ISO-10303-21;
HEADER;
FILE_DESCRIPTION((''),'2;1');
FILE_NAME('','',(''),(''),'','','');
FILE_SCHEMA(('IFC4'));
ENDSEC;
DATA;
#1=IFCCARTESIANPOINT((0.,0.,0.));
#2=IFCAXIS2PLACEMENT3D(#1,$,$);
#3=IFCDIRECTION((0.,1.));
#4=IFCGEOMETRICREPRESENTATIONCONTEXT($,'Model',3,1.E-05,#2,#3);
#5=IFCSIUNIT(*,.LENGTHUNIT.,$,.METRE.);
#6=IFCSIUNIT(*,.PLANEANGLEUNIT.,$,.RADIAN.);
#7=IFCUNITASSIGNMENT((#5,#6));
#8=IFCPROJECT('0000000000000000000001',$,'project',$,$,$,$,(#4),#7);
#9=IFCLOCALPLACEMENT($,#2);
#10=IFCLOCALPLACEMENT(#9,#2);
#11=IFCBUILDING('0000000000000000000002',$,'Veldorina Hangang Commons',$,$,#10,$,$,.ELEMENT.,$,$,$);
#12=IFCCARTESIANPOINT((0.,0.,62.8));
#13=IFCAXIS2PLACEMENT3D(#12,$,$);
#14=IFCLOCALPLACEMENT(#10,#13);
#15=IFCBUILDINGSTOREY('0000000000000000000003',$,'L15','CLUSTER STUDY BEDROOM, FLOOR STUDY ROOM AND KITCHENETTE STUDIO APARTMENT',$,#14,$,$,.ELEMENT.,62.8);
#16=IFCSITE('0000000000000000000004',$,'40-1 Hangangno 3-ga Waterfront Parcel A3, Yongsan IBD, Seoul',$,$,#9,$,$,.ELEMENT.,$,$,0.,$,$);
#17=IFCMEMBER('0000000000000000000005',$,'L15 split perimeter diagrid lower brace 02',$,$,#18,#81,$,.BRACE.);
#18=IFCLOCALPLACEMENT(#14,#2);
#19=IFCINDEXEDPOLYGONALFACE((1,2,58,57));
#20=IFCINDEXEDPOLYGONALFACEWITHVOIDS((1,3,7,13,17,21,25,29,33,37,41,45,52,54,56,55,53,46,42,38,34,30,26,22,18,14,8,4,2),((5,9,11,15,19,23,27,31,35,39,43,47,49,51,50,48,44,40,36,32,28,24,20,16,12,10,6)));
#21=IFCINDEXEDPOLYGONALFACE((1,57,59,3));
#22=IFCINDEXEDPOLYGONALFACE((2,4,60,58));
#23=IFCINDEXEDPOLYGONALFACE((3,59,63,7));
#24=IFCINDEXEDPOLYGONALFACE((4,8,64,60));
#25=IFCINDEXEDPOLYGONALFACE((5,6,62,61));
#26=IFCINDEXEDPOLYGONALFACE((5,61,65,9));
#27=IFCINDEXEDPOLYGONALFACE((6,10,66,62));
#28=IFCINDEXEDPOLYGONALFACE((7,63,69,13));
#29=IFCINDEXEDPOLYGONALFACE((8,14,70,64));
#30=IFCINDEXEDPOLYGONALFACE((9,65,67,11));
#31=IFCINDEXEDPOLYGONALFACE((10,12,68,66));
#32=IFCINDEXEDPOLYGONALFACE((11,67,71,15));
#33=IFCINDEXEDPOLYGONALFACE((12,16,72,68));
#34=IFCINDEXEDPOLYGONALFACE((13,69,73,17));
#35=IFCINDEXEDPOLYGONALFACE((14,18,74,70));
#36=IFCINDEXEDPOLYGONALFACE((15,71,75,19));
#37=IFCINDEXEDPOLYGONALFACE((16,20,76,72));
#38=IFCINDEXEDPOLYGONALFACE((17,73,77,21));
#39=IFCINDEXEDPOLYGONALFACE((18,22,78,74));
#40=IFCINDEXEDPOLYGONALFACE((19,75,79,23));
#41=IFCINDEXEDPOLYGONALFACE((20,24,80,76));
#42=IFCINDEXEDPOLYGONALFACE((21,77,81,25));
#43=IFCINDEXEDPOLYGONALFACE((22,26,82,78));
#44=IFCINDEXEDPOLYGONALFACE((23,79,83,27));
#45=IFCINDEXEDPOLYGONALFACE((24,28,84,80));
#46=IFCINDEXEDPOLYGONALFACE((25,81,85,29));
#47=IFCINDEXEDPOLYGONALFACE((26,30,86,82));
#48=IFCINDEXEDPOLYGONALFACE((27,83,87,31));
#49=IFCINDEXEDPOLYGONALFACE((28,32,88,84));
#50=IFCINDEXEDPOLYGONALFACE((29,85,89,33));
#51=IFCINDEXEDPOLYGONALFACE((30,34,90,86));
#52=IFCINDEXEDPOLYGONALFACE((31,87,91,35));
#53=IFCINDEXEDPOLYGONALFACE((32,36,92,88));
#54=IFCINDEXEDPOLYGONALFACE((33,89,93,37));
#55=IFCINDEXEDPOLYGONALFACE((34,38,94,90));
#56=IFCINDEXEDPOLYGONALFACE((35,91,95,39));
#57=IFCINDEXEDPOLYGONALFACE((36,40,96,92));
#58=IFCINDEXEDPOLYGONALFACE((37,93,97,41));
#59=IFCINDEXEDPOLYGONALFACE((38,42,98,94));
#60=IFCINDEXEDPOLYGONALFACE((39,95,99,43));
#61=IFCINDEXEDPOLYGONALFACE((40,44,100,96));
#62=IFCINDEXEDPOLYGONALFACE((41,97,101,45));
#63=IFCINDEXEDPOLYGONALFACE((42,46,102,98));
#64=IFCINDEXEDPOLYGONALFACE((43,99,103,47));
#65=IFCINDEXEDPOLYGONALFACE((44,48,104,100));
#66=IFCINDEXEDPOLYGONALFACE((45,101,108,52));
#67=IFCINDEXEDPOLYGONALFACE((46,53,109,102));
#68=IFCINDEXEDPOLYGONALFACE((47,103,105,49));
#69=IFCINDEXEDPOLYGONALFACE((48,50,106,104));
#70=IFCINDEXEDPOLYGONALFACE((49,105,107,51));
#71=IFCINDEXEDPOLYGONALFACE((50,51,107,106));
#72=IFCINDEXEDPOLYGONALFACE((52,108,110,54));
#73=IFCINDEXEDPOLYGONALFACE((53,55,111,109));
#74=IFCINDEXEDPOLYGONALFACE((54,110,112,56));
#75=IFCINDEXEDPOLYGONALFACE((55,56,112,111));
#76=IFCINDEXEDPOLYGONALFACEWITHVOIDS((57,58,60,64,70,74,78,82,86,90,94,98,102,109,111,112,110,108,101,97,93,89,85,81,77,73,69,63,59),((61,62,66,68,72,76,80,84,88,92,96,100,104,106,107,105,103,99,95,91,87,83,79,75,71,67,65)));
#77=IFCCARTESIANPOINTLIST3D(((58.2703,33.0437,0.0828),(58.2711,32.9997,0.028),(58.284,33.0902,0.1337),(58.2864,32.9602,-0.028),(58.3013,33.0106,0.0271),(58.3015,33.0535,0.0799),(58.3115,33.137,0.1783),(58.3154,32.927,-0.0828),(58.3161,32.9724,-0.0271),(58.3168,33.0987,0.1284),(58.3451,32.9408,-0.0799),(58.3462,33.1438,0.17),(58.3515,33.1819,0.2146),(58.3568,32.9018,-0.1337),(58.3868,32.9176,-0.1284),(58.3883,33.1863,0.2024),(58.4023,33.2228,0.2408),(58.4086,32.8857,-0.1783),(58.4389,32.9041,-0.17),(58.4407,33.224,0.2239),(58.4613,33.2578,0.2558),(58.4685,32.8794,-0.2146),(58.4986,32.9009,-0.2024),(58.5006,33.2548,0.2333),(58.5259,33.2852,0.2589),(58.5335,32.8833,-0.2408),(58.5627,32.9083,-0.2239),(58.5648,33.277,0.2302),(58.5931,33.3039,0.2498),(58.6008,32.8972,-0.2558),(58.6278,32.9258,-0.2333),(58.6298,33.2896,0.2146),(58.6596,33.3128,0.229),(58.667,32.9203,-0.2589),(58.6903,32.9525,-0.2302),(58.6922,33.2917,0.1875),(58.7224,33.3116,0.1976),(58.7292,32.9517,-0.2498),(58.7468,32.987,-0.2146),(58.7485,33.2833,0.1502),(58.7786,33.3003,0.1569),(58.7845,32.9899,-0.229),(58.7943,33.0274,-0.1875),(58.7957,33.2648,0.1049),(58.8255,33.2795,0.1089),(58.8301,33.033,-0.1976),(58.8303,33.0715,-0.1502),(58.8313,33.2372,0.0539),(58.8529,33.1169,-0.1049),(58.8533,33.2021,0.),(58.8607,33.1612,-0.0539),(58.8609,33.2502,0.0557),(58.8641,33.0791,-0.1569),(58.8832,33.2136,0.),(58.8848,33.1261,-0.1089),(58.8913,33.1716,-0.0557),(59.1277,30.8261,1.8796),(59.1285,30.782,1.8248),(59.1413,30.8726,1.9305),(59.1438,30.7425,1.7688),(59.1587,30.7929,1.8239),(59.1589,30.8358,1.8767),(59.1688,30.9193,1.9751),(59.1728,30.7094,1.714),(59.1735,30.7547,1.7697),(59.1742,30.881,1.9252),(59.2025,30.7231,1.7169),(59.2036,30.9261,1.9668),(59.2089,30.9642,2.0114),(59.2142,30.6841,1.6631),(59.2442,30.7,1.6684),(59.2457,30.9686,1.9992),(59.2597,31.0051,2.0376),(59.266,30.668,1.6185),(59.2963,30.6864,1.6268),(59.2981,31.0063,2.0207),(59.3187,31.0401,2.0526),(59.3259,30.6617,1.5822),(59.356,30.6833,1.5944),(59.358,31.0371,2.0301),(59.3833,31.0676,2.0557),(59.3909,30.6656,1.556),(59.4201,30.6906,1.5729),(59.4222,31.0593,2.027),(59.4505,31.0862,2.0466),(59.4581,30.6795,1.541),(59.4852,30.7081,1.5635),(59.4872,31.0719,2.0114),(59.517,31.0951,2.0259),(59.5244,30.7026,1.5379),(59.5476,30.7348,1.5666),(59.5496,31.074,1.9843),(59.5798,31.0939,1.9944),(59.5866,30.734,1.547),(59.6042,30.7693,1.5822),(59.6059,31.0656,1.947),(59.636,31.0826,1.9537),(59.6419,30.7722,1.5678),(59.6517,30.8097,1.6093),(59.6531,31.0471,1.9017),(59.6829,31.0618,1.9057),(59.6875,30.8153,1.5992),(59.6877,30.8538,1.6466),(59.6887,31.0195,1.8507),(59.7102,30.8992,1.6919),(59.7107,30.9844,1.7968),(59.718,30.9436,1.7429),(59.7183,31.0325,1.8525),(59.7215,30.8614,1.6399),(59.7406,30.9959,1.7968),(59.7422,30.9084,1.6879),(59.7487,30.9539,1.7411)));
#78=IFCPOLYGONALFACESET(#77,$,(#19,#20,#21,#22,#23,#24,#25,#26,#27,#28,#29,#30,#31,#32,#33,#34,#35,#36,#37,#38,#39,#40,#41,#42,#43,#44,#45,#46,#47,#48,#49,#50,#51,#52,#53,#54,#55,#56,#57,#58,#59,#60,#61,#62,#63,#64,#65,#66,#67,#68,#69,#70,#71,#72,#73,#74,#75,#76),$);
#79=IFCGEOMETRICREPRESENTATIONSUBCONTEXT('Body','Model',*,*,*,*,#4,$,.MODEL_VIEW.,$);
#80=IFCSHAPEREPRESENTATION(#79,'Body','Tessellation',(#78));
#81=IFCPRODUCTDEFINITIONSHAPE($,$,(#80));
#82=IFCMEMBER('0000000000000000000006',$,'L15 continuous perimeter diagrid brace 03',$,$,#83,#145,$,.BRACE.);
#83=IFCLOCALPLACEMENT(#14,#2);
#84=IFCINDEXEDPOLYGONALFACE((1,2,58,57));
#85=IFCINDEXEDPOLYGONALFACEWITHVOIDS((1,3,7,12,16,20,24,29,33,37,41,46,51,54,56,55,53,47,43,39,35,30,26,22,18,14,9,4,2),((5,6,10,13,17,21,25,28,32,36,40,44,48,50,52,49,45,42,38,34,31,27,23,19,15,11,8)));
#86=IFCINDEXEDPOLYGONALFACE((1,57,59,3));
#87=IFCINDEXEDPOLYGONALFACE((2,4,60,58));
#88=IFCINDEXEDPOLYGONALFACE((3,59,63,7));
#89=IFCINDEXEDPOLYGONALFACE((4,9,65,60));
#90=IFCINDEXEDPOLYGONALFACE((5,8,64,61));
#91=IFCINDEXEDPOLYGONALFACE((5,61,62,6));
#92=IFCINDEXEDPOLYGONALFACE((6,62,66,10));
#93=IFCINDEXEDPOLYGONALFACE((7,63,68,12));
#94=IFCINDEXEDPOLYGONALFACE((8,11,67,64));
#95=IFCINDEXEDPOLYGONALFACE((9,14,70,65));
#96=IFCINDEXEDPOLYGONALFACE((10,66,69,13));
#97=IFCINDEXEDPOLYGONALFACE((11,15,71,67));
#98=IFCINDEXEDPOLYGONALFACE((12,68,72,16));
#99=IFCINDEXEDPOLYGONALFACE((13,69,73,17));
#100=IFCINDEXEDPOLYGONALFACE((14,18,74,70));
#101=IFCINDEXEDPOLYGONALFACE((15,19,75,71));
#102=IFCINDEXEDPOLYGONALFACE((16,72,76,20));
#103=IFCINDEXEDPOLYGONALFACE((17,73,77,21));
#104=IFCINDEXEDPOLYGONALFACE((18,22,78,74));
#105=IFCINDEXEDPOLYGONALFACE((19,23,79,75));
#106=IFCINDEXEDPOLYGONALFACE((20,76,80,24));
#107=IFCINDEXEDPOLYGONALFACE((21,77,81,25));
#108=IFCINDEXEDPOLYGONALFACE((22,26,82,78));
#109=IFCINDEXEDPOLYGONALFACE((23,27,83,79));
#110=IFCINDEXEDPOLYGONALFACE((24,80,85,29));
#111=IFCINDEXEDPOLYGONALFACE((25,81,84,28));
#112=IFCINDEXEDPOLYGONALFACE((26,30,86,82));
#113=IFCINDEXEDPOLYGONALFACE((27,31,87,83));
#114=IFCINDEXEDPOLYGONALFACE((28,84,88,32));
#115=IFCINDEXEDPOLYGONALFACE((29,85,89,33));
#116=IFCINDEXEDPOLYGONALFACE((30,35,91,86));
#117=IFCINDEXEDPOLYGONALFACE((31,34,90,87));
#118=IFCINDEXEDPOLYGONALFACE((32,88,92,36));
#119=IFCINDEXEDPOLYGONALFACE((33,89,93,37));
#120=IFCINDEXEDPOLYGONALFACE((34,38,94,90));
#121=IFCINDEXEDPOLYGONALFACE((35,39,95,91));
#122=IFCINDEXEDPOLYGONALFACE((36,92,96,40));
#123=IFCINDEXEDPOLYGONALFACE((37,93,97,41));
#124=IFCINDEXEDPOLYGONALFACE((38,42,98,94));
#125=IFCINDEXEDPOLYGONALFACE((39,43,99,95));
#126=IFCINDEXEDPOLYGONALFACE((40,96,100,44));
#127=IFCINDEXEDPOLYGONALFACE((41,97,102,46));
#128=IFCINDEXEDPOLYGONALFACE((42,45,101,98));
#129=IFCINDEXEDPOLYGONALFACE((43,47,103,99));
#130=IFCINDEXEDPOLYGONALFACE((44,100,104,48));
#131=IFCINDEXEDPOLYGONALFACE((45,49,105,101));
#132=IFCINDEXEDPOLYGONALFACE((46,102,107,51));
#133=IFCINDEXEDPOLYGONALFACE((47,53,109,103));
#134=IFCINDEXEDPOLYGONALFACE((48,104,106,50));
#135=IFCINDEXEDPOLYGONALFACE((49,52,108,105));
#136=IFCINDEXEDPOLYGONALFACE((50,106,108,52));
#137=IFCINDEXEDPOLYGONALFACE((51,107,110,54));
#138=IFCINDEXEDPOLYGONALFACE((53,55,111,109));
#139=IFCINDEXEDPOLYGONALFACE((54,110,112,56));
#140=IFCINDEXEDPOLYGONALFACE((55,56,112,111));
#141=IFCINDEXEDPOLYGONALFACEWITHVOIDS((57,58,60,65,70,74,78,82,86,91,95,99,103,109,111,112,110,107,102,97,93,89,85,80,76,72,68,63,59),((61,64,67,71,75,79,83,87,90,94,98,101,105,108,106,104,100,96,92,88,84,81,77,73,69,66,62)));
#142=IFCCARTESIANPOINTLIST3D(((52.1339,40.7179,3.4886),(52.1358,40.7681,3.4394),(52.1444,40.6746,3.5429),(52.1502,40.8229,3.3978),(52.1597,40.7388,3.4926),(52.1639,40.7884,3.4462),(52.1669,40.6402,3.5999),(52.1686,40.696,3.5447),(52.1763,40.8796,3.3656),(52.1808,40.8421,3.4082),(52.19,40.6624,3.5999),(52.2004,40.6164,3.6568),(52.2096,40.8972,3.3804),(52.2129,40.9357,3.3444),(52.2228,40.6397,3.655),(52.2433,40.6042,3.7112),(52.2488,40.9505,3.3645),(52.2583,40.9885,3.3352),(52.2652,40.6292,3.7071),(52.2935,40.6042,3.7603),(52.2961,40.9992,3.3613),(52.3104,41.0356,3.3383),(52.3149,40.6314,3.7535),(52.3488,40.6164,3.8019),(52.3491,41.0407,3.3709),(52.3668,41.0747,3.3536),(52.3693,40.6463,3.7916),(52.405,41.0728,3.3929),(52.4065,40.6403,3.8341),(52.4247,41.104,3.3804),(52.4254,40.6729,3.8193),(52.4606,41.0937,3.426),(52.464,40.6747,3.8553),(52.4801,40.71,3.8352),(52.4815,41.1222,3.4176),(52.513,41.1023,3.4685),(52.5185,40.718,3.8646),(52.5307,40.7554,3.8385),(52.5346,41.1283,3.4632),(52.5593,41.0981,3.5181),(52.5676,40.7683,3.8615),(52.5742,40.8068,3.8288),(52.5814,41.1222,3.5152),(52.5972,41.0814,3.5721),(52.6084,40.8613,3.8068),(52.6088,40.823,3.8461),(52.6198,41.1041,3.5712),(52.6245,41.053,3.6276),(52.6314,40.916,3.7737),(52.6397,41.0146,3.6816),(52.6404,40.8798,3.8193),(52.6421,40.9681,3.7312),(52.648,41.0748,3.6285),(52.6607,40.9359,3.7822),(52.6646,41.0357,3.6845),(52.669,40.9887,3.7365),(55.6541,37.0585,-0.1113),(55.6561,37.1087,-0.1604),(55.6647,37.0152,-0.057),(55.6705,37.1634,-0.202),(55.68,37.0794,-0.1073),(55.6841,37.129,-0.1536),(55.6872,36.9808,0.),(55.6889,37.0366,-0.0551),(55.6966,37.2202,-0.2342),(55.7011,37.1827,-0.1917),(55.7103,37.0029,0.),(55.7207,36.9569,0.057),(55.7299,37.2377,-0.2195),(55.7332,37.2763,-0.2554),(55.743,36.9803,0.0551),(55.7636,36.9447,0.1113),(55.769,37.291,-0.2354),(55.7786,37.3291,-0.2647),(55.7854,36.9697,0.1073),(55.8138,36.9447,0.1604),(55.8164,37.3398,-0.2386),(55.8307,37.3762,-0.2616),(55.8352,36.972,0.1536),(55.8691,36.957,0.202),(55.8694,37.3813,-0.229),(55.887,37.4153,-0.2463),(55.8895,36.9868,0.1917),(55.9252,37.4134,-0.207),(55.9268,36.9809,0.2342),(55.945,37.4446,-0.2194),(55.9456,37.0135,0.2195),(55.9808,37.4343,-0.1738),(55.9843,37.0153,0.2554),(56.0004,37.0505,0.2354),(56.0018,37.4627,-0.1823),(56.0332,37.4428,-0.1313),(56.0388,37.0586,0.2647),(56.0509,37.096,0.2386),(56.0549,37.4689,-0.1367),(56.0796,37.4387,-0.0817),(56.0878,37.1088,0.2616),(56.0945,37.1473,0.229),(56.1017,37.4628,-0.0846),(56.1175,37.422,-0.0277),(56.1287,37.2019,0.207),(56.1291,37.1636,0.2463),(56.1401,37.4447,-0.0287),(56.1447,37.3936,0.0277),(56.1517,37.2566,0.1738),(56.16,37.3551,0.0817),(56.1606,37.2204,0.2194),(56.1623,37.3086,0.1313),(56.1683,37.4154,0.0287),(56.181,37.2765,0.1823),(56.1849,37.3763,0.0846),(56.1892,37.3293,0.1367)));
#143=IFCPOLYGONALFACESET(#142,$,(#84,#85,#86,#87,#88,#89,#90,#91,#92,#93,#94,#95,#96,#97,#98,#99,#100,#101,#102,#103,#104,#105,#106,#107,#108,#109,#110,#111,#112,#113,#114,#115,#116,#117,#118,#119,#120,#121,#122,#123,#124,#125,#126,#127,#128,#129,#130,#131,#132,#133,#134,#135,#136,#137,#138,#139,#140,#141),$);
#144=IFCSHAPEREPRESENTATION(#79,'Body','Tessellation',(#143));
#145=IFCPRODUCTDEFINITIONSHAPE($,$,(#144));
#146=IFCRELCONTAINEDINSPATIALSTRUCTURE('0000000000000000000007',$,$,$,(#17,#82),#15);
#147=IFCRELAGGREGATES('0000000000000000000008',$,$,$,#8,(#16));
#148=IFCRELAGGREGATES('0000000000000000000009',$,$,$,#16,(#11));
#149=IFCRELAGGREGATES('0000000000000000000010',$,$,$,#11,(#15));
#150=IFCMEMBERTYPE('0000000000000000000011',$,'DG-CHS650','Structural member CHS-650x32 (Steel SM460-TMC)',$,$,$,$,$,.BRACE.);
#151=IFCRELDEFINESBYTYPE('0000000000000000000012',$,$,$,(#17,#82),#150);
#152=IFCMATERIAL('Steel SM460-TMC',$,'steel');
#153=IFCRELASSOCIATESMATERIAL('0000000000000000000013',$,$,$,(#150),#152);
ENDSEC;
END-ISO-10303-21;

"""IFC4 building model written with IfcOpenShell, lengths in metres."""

from ifc_helpers import new_model, si_unit, direction, frame, origin, origin_2d, place, context, subcontext, project, spatial, hollow_circle, extrude, material, material_profile, profile_set, type_object, element, save


model = new_model("IFC4")

# Units and contexts
model_context = context("Model", 3, precision=1e-05, world=origin(), true_north=direction((0.0, 1.0)))
body_context = subcontext(model_context, "Body", "Model", "MODEL_VIEW")
ifc_project = project(units=[si_unit("LENGTHUNIT", "METRE"), si_unit("PLANEANGLEUNIT", "RADIAN")], contexts=[model_context])

# Site, building, storey
site_placement = place(None, origin())
site = spatial("IfcSite", under=ifc_project, at=site_placement, Name="40-1 Hangangno 3-ga Waterfront Parcel A3, Yongsan IBD, Seoul", CompositionType="ELEMENT", RefElevation=0.0)
building_placement = place(site_placement, origin())
building = spatial("IfcBuilding", under=site, at=building_placement, Name="Veldorina Hangang Commons", CompositionType="ELEMENT")
storey_placement = place(building_placement, frame((0.0, 0.0, 62.8)))
storey = spatial("IfcBuildingStorey", under=building, at=storey_placement, Name="L15", Description="CLUSTER STUDY BEDROOM, FLOOR STUDY ROOM AND KITCHENETTE STUDIO APARTMENT", CompositionType="ELEMENT", Elevation=62.8)

# Members
ifc_material_1 = material(Name="Steel SM460-TMC", Category="steel")
ifc_material_profile_1 = material_profile(ifc_material_1, hollow_circle(Radius=0.325, WallThickness=0.032, at=origin_2d()), Name="CHS-650x32")
ifc_profile_set_1 = profile_set([ifc_material_profile_1], Name="Steel SM460-TMC")
member_type = type_object("IfcMemberType", Name="DG-CHS650", Description="Structural member CHS-650x32 (Steel SM460-TMC)", PredefinedType="BRACE", material=ifc_profile_set_1)
member_1_placement = place(storey_placement, frame((58.5801, 33.0964, 0.0), z_axis=(0.287692, -0.744133, 0.602909), x_axis=(0.93272, 0.360602, 0.0)))
element("IfcMember", 1, at=member_1_placement, inside=storey, type_object=member_type, Name="L15 split perimeter diagrid lower brace 02", PredefinedType="BRACE", context=body_context, shape_type="SweptSolid", body=[
    extrude(hollow_circle(Radius=0.325, WallThickness=0.032, at=origin_2d()), origin(), (0.0, 0.0, 1.0), 2.9802),
])
member_2_placement = place(storey_placement, frame((55.9214, 37.2061, 0.0), z_axis=(-0.565563, 0.58792, 0.57835), x_axis=(-0.720677, -0.693271, 0.0)))
element("IfcMember", 2, at=member_2_placement, inside=storey, type_object=member_type, Name="L15 continuous perimeter diagrid brace 03", PredefinedType="BRACE", context=body_context, shape_type="SweptSolid", body=[
    extrude(hollow_circle(Radius=0.325, WallThickness=0.032, at=origin_2d()), origin(), (0.0, 0.0, 1.0), 6.2244),
])

save(model, "model.ifc")
